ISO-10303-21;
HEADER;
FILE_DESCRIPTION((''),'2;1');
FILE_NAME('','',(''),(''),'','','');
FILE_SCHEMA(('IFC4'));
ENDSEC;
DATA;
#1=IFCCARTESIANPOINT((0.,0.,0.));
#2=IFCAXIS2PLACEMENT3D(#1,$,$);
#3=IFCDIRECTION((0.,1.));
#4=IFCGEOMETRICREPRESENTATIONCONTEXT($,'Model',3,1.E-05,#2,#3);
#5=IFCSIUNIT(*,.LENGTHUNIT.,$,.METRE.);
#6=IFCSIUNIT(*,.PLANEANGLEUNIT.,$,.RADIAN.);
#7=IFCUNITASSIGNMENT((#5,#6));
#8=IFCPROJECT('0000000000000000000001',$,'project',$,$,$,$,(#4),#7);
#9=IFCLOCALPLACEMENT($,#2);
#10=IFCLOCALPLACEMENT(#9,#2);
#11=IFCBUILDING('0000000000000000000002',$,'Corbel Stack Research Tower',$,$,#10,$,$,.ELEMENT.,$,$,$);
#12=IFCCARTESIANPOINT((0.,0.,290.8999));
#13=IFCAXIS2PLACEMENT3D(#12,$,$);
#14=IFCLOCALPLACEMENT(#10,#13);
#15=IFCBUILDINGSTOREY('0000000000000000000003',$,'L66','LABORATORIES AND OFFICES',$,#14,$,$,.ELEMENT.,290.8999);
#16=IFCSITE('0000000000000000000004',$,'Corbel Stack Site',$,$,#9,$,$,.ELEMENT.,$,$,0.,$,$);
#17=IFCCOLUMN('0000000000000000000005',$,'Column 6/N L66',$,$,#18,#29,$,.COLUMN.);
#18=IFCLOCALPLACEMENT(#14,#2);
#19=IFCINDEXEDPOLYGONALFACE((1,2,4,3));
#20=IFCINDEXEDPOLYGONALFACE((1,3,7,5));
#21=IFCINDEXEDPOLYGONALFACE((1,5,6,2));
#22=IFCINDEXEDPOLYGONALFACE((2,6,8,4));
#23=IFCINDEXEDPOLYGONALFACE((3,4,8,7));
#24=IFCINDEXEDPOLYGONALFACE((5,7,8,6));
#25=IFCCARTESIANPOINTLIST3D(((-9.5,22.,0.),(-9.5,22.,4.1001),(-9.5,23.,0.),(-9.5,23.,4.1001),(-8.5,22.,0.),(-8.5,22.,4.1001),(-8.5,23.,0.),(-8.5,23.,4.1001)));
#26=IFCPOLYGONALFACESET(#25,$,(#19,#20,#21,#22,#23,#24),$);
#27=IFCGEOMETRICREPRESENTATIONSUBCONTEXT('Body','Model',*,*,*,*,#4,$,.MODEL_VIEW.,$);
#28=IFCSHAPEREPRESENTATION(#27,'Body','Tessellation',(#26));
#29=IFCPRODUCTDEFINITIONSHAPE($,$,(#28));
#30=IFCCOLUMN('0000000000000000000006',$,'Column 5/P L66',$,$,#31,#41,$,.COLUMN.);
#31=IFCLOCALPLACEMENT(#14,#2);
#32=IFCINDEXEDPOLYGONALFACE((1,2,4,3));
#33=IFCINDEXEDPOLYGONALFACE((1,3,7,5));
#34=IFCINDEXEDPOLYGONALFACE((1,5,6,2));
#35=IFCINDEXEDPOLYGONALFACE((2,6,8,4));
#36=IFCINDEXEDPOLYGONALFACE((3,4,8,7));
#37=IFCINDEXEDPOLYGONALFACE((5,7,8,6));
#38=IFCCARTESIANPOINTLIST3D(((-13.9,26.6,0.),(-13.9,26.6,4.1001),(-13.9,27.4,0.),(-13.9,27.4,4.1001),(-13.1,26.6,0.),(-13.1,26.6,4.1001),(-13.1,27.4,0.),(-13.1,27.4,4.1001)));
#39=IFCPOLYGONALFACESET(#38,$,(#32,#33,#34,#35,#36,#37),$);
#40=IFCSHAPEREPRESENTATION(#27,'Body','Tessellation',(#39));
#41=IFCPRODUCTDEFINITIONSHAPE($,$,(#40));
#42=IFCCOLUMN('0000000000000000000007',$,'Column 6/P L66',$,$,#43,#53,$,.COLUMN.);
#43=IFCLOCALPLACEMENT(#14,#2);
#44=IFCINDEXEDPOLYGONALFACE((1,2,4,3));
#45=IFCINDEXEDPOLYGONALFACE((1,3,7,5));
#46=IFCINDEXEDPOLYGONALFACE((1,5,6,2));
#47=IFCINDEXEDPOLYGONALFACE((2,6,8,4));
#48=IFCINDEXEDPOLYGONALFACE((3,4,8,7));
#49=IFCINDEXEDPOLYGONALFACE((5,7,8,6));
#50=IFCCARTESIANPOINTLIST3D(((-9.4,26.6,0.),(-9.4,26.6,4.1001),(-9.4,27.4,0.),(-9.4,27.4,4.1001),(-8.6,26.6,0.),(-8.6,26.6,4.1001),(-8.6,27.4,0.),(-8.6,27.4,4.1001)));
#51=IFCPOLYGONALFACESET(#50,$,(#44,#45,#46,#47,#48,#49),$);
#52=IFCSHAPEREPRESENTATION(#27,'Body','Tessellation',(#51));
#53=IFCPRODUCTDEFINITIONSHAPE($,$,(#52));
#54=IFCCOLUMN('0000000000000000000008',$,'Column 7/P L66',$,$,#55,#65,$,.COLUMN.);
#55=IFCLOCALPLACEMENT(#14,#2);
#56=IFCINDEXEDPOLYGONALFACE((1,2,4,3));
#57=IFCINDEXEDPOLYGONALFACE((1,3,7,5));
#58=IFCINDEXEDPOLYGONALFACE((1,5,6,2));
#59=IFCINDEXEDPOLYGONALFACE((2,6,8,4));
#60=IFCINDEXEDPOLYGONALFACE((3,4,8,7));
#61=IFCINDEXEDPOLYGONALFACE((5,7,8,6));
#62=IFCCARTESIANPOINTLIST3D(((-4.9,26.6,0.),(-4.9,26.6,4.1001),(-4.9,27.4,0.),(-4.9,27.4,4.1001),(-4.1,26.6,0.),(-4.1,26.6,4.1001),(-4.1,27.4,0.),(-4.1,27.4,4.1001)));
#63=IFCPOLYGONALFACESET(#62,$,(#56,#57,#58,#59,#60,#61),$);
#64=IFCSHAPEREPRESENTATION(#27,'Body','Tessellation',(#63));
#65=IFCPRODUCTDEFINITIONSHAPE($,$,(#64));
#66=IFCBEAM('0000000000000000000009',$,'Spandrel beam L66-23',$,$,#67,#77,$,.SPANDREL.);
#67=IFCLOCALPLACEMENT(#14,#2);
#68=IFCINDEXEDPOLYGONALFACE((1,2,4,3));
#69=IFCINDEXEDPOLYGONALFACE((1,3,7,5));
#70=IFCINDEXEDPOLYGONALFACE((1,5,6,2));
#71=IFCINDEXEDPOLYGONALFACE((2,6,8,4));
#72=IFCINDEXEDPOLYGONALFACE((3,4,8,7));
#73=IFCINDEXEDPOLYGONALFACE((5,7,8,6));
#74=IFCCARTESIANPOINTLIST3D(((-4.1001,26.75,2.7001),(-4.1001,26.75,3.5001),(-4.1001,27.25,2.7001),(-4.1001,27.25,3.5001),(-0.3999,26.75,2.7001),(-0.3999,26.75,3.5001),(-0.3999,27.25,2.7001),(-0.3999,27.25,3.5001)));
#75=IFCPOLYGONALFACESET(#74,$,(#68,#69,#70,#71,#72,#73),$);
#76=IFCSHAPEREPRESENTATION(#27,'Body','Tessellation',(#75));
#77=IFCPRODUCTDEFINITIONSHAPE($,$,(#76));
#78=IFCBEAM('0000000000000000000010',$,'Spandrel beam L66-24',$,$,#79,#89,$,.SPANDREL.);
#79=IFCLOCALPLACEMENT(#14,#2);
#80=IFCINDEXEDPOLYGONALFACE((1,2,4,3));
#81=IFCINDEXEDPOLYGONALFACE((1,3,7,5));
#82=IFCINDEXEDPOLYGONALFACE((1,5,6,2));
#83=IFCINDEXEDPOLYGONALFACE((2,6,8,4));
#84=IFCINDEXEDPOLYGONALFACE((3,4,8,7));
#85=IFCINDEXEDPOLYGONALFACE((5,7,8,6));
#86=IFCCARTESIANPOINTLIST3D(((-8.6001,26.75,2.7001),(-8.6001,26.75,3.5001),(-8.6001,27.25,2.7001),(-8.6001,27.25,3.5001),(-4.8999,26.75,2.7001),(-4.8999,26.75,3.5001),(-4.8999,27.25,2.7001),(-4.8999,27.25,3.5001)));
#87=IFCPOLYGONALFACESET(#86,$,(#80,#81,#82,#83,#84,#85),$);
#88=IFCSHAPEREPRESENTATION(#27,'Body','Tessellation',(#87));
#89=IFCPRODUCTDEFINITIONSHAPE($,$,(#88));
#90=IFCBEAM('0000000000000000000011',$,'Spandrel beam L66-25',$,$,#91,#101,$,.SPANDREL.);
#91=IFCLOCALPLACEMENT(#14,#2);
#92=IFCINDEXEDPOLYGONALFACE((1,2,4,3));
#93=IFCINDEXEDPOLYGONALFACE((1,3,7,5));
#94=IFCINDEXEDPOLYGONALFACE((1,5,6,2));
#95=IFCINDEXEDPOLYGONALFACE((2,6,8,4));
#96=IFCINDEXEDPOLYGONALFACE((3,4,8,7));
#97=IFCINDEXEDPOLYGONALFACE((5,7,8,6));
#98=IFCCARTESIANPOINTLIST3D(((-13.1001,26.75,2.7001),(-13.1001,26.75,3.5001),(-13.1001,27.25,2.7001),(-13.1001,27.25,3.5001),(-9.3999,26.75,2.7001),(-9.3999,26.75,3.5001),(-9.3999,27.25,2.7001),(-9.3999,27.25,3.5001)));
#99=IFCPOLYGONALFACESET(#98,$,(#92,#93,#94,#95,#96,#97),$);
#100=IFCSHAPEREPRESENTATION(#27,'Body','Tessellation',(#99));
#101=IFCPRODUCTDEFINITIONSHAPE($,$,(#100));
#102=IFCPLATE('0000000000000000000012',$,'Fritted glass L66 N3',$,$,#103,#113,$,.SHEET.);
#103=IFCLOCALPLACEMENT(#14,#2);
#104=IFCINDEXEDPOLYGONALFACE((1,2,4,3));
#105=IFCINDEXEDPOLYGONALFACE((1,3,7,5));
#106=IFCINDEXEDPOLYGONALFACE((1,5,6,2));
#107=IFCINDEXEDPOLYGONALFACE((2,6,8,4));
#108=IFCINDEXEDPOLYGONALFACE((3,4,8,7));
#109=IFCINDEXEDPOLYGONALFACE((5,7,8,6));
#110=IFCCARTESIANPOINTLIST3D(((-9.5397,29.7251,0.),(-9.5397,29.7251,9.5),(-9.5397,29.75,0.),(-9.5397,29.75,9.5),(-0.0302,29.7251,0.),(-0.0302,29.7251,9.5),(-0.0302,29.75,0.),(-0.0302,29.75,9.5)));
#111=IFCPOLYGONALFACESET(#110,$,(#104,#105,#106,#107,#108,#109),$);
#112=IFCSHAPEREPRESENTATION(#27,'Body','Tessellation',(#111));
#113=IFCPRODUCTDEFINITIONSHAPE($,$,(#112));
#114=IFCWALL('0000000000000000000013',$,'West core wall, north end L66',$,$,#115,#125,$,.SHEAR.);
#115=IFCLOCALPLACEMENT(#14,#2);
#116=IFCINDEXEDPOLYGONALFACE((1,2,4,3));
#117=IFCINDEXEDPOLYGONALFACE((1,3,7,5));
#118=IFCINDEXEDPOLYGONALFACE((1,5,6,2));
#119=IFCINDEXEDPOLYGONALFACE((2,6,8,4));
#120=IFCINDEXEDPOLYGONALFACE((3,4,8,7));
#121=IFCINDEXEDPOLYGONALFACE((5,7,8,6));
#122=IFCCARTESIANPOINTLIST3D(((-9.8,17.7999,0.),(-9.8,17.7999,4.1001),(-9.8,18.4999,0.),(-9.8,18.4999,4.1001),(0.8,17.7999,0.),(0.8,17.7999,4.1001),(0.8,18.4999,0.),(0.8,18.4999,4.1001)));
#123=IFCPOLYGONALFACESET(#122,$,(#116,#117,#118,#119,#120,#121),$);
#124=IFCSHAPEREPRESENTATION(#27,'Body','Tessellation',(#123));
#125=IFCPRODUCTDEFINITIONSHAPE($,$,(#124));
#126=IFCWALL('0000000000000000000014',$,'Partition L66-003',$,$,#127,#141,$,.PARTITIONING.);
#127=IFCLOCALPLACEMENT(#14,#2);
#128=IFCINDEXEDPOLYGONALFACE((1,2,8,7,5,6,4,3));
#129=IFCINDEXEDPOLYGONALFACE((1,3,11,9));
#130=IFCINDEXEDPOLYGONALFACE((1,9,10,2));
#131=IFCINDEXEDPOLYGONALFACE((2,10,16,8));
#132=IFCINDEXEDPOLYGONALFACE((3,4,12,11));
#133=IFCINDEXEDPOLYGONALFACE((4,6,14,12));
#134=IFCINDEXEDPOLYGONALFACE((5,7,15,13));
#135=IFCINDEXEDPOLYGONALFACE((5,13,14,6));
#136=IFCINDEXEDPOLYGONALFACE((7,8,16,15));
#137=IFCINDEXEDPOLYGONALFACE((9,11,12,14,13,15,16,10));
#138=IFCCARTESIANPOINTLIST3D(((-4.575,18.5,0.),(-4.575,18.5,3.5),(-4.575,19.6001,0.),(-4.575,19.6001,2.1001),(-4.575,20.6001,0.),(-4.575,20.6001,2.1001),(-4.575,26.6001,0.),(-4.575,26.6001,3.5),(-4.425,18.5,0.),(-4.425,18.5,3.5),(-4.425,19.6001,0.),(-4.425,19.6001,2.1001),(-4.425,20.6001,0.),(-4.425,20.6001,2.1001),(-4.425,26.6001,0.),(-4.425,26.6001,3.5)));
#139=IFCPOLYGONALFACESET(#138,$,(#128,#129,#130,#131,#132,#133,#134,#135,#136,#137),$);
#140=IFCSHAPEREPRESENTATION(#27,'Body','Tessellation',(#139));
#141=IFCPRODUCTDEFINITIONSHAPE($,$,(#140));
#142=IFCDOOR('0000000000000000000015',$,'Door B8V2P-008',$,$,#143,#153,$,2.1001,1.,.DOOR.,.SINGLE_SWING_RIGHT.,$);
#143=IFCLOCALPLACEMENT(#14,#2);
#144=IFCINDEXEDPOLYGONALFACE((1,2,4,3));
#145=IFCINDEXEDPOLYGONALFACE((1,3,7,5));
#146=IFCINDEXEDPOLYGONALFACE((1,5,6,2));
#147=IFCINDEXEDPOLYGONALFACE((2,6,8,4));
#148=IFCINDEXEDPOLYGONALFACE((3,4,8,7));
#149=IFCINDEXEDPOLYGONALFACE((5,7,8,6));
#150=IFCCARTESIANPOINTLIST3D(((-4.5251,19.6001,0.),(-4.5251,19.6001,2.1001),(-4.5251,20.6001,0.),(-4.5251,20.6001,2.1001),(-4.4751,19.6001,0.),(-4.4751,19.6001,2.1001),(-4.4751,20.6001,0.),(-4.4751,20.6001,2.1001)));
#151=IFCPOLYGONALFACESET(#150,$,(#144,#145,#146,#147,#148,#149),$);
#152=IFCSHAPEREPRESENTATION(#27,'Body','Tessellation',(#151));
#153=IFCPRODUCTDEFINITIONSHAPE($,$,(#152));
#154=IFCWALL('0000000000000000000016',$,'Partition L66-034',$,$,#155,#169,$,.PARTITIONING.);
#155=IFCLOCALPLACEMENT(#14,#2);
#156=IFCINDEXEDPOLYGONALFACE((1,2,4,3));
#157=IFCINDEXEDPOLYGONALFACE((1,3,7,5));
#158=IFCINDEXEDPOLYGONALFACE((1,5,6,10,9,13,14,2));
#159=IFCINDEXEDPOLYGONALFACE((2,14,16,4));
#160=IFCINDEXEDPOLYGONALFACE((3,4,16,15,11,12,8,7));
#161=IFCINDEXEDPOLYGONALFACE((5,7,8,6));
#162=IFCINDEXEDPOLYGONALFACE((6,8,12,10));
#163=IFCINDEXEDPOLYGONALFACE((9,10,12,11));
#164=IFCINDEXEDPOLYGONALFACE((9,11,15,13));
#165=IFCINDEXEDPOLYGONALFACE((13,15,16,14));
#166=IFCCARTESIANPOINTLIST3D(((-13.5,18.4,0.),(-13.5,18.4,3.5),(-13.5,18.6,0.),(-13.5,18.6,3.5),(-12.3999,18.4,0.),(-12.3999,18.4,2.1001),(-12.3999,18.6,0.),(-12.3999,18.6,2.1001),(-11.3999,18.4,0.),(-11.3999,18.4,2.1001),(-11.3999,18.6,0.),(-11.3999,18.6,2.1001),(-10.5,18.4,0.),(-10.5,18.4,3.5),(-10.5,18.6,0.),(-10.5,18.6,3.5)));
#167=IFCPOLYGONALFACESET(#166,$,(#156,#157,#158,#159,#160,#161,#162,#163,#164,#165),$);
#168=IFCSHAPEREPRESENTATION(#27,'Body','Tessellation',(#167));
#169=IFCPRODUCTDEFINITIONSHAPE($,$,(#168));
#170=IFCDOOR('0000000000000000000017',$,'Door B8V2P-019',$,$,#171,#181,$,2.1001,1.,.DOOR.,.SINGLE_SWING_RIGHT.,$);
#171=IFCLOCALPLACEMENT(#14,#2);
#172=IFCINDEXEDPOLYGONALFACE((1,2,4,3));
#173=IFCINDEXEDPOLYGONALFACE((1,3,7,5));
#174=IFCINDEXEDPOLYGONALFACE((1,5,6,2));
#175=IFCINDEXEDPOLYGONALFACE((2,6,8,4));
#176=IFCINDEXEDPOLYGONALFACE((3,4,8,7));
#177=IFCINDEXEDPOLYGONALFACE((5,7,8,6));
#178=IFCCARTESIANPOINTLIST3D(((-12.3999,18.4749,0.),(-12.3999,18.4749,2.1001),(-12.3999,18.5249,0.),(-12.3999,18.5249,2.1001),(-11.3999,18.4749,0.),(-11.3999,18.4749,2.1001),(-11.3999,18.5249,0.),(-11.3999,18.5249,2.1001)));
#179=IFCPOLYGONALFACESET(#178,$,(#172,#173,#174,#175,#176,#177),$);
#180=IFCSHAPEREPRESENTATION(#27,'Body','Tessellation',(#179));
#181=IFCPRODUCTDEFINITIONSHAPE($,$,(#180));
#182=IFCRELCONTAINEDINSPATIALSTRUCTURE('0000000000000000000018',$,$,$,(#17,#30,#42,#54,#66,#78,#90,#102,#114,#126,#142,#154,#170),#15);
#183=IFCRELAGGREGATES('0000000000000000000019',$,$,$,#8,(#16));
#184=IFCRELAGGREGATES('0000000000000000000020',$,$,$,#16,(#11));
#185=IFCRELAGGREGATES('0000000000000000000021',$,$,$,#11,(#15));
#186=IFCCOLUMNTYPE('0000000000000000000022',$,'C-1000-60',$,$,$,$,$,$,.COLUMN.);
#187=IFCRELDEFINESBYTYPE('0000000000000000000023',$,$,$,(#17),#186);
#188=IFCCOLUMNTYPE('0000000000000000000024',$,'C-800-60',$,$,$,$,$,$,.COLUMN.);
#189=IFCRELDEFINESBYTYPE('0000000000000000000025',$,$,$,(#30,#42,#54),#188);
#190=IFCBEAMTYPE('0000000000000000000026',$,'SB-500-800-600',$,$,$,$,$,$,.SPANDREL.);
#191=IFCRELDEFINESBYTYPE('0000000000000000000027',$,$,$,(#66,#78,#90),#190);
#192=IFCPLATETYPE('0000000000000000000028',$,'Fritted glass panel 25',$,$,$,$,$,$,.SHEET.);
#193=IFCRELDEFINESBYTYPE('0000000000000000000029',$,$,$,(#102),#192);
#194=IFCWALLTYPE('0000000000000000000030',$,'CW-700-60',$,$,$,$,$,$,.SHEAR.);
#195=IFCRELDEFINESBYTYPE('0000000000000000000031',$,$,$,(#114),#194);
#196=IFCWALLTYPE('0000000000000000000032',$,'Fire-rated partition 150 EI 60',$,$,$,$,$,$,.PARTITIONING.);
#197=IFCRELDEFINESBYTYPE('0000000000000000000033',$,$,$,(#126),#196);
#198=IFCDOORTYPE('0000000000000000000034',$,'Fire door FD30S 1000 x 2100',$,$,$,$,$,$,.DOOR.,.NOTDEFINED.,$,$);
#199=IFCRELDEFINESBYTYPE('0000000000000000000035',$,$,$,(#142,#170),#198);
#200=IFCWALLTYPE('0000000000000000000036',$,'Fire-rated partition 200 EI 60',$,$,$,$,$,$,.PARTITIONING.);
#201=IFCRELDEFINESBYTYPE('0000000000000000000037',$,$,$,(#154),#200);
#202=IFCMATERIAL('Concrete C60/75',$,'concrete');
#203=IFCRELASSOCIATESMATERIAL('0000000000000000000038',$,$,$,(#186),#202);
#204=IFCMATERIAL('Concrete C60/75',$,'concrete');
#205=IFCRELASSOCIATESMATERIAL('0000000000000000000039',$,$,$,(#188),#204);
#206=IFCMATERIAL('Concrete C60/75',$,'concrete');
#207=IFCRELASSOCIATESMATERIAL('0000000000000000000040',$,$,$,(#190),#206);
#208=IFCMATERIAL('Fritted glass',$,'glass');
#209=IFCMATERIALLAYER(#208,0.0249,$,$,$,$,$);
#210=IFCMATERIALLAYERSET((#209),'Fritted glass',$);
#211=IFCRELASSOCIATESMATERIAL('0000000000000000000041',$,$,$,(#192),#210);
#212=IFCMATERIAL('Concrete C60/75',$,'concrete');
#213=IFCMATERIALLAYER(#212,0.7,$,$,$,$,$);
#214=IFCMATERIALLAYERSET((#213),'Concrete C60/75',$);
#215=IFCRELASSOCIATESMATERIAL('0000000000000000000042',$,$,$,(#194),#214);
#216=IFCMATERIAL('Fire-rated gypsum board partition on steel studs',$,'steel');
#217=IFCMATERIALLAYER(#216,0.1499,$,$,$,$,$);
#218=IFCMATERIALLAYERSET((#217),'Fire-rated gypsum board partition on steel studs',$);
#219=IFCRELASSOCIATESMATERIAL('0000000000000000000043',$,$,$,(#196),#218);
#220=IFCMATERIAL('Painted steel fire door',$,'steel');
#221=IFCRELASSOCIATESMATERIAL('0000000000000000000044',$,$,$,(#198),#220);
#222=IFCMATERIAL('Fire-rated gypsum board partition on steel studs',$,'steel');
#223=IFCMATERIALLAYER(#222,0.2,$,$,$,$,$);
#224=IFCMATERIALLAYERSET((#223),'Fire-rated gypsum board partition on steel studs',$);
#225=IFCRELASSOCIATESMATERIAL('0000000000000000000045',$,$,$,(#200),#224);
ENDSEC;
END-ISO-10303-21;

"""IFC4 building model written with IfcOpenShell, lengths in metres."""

from ifc_helpers import new_model, si_unit, direction, frame, frame_2d, origin, origin_2d, place, context, subcontext, project, spatial, rectangle, extrude, material, layer, layer_set, material_profile, profile_set, type_object, element, fill, save


model = new_model("IFC4")

# Units and contexts
model_context = context("Model", 3, precision=1e-05, world=origin(), true_north=direction((0.0, 1.0)))
body_context = subcontext(model_context, "Body", "Model", "MODEL_VIEW")
ifc_project = project(units=[si_unit("LENGTHUNIT", "METRE"), si_unit("PLANEANGLEUNIT", "RADIAN")], contexts=[model_context])

# Site, building, storey
site_placement = place(None, origin())
site = spatial("IfcSite", under=ifc_project, at=site_placement, Name="Corbel Stack Site", CompositionType="ELEMENT", RefElevation=0.0)
building_placement = place(site_placement, origin())
building = spatial("IfcBuilding", under=site, at=building_placement, Name="Corbel Stack Research Tower", CompositionType="ELEMENT")
storey_placement = place(building_placement, frame((0.0, 0.0, 290.8999)))
storey = spatial("IfcBuildingStorey", under=building, at=storey_placement, Name="L66", Description="LABORATORIES AND OFFICES", CompositionType="ELEMENT", Elevation=290.8999)

# Columns
ifc_material_1 = material(Name="Concrete C60/75", Category="concrete")
ifc_material_profile_1 = material_profile(ifc_material_1, rectangle(XDim=1.0, YDim=1.0, at=origin_2d()), Name="RC 1000 x 1000")
ifc_profile_set_1 = profile_set([ifc_material_profile_1], Name="Concrete C60/75")
column_type_1 = type_object("IfcColumnType", Name="C-1000-60", PredefinedType="COLUMN", material=ifc_profile_set_1)
column_placement = place(storey_placement, frame((-9.0, 22.5, 0.0), z_axis=(0.0, 0.0, 1.0), x_axis=(1.0, 0.0, 0.0)))
element("IfcColumn", 1, at=column_placement, inside=storey, type_object=column_type_1, Name="Column 6/N L66", PredefinedType="COLUMN", context=body_context, shape_type="SweptSolid", body=[
    extrude(rectangle(XDim=1.0, YDim=1.0, at=origin_2d()), origin(), (0.0, 0.0, 1.0), 4.1001),
])
ifc_material_2 = material(Name="Concrete C60/75", Category="concrete")
ifc_material_profile_2 = material_profile(ifc_material_2, rectangle(XDim=0.8, YDim=0.8, at=origin_2d()), Name="RC 800 x 800")
ifc_profile_set_2 = profile_set([ifc_material_profile_2], Name="Concrete C60/75")
column_type_2 = type_object("IfcColumnType", Name="C-800-60", PredefinedType="COLUMN", material=ifc_profile_set_2)
for number, where, z_axis, x_axis, name in (
    (2, (-13.5, 27.0, 0.0), (0.0, 0.0, 1.0), (1.0, 0.0, 0.0), "Column 5/P L66"),
    (3, (-9.0, 27.0, 0.0), (0.0, 0.0, 1.0), (1.0, 0.0, 0.0), "Column 6/P L66"),
    (4, (-4.5, 27.0, 0.0), (0.0, 0.0, 1.0), (1.0, 0.0, 0.0), "Column 7/P L66"),
):
    element("IfcColumn", number, at=place(storey_placement, frame(where, z_axis=z_axis, x_axis=x_axis)), inside=storey, type_object=column_type_2, Name=name, PredefinedType="COLUMN", context=body_context, shape_type="SweptSolid", body=[
        extrude(rectangle(XDim=0.8, YDim=0.8, at=origin_2d()), origin(), (0.0, 0.0, 1.0), 4.1001),
    ])

# Beams
ifc_material_3 = material(Name="Concrete C60/75", Category="concrete")
ifc_material_profile_3 = material_profile(ifc_material_3, rectangle(XDim=0.5, YDim=0.8, at=origin_2d()), Name="RC 500 x 800")
ifc_profile_set_3 = profile_set([ifc_material_profile_3], Name="Concrete C60/75")
beam_type = type_object("IfcBeamType", Name="SB-500-800-600", PredefinedType="SPANDREL", material=ifc_profile_set_3)
for number, where, z_axis, x_axis, name in (
    (5, (-0.3999, 27.0, 3.1001), (-1.0, 0.0, 0.0), (0.0, -1.0, 0.0), "Spandrel beam L66-23"),
    (6, (-4.8999, 27.0, 3.1001), (-1.0, 0.0, 0.0), (0.0, -1.0, 0.0), "Spandrel beam L66-24"),
    (7, (-9.3999, 27.0, 3.1001), (-1.0, 0.0, 0.0), (0.0, -1.0, 0.0), "Spandrel beam L66-25"),
):
    element("IfcBeam", number, at=place(storey_placement, frame(where, z_axis=z_axis, x_axis=x_axis)), inside=storey, type_object=beam_type, Name=name, PredefinedType="SPANDREL", context=body_context, shape_type="SweptSolid", body=[
        extrude(rectangle(XDim=0.5, YDim=0.8, at=origin_2d()), origin(), (0.0, 0.0, 1.0), 3.7002),
    ])

# Plate
ifc_material_4 = material(Name="Fritted glass", Category="glass")
ifc_layer_1 = layer(ifc_material_4, 0.0249)
ifc_layer_set_1 = layer_set([ifc_layer_1], Name="Fritted glass")
plate_type = type_object("IfcPlateType", Name="Fritted glass panel 25", PredefinedType="SHEET", material=ifc_layer_set_1)
plate_placement = place(storey_placement, frame((-4.7849, 29.7375, 0.0), z_axis=(0.0, 0.0, 1.0), x_axis=(-1.0, 0.0, 0.0)))
element("IfcPlate", 8, at=plate_placement, inside=storey, type_object=plate_type, Name="Fritted glass L66 N3", PredefinedType="SHEET", context=body_context, shape_type="SweptSolid", body=[
    extrude(rectangle(XDim=9.5095, YDim=0.0249, at=origin_2d()), origin(), (0.0, 0.0, 1.0), 9.5),
])

# Wall
ifc_material_5 = material(Name="Concrete C60/75", Category="concrete")
ifc_layer_2 = layer(ifc_material_5, 0.7)
ifc_layer_set_2 = layer_set([ifc_layer_2], Name="Concrete C60/75")
wall_type_1 = type_object("IfcWallType", Name="CW-700-60", PredefinedType="SHEAR", material=ifc_layer_set_2)
wall_1_placement = place(storey_placement, frame((-9.8, 18.1499, 0.0), z_axis=(0.0, 0.0, 1.0), x_axis=(1.0, 0.0, 0.0)))
element("IfcWall", 9, at=wall_1_placement, inside=storey, type_object=wall_type_1, Name="West core wall, north end L66", PredefinedType="SHEAR", context=body_context, shape_type="SweptSolid", body=[
    extrude(rectangle(XDim=10.6001, YDim=0.7, at=frame_2d((5.3, 0.0))), origin(), (0.0, 0.0, 1.0), 4.1001),
])

# Walls, openings, doors
ifc_material_6 = material(Name="Fire-rated gypsum board partition on steel studs", Category="steel")
ifc_layer_3 = layer(ifc_material_6, 0.1499)
ifc_layer_set_3 = layer_set([ifc_layer_3], Name="Fire-rated gypsum board partition on steel studs")
wall_type_2 = type_object("IfcWallType", Name="Fire-rated partition 150 EI 60", PredefinedType="PARTITIONING", material=ifc_layer_set_3)
wall_2_placement = place(storey_placement, frame((-4.5, 26.6001, 0.0), z_axis=(0.0, 0.0, 1.0), x_axis=(0.0, -1.0, 0.0)))
wall_2 = element("IfcWall", 10, at=wall_2_placement, inside=storey, type_object=wall_type_2, Name="Partition L66-003", PredefinedType="PARTITIONING", context=body_context, shape_type="SweptSolid", body=[
    extrude(rectangle(XDim=8.1001, YDim=0.1499, at=frame_2d((4.05, 0.0))), origin(), (0.0, 0.0, 1.0), 3.5),
])
opening_1_placement = place(wall_2_placement, frame((6.0, 0.0, 0.0)))
opening_1 = element("IfcOpeningElement", 11, at=opening_1_placement, cuts=wall_2, PredefinedType="OPENING", context=body_context, shape_type="SweptSolid", body=[
    extrude(rectangle(XDim=1.0, YDim=2.1001, at=frame_2d((0.5, 1.05))), frame((0.0, 0.085, 0.0), z_axis=(0.0, -1.0, 0.0), x_axis=(1.0, 0.0, 0.0)), (0.0, 0.0, 1.0), 0.1699),
])
ifc_material_7 = material(Name="Painted steel fire door", Category="steel")
door_type_1 = type_object("IfcDoorType", Name="Fire door FD30S 1000 x 2100", OperationType="NOTDEFINED", PredefinedType="DOOR", material=ifc_material_7)
door_1_placement = place(opening_1_placement, origin())
door_1 = element("IfcDoor", 12, at=door_1_placement, inside=storey, type_object=door_type_1, Name="Door B8V2P-008", OperationType="SINGLE_SWING_RIGHT", OverallHeight=2.1001, OverallWidth=1.0, PredefinedType="DOOR", context=body_context, shape_type="SweptSolid", body=[
    extrude(rectangle(XDim=1.0, YDim=2.1001, at=frame_2d((0.5, 1.05))), frame((0.0, 0.0249, 0.0), z_axis=(0.0, -1.0, 0.0), x_axis=(1.0, 0.0, 0.0)), (0.0, 0.0, 1.0), 0.05),
])
fill(opening_1, door_1)
ifc_material_8 = material(Name="Fire-rated gypsum board partition on steel studs", Category="steel")
ifc_layer_4 = layer(ifc_material_8, 0.2)
ifc_layer_set_4 = layer_set([ifc_layer_4], Name="Fire-rated gypsum board partition on steel studs")
wall_type_3 = type_object("IfcWallType", Name="Fire-rated partition 200 EI 60", PredefinedType="PARTITIONING", material=ifc_layer_set_4)
wall_3_placement = place(storey_placement, frame((-13.5, 18.5, 0.0), z_axis=(0.0, 0.0, 1.0), x_axis=(1.0, 0.0, 0.0)))
wall_3 = element("IfcWall", 13, at=wall_3_placement, inside=storey, type_object=wall_type_3, Name="Partition L66-034", PredefinedType="PARTITIONING", context=body_context, shape_type="SweptSolid", body=[
    extrude(rectangle(XDim=3.0, YDim=0.2, at=frame_2d((1.5, 0.0))), origin(), (0.0, 0.0, 1.0), 3.5),
])
opening_2_placement = place(wall_3_placement, frame((1.1001, 0.0, 0.0)))
opening_2 = element("IfcOpeningElement", 14, at=opening_2_placement, cuts=wall_3, PredefinedType="OPENING", context=body_context, shape_type="SweptSolid", body=[
    extrude(rectangle(XDim=1.0, YDim=2.1001, at=frame_2d((0.5, 1.05))), frame((0.0, 0.1099, 0.0), z_axis=(0.0, -1.0, 0.0), x_axis=(1.0, 0.0, 0.0)), (0.0, 0.0, 1.0), 0.22),
])
door_2_placement = place(opening_2_placement, origin())
door_2 = element("IfcDoor", 15, at=door_2_placement, inside=storey, type_object=door_type_1, Name="Door B8V2P-019", OperationType="SINGLE_SWING_RIGHT", OverallHeight=2.1001, OverallWidth=1.0, PredefinedType="DOOR", context=body_context, shape_type="SweptSolid", body=[
    extrude(rectangle(XDim=1.0, YDim=2.1001, at=frame_2d((0.5, 1.05))), frame((0.0, 0.0249, 0.0), z_axis=(0.0, -1.0, 0.0), x_axis=(1.0, 0.0, 0.0)), (0.0, 0.0, 1.0), 0.05),
])
fill(opening_2, door_2)

save(model, "model.ifc")
